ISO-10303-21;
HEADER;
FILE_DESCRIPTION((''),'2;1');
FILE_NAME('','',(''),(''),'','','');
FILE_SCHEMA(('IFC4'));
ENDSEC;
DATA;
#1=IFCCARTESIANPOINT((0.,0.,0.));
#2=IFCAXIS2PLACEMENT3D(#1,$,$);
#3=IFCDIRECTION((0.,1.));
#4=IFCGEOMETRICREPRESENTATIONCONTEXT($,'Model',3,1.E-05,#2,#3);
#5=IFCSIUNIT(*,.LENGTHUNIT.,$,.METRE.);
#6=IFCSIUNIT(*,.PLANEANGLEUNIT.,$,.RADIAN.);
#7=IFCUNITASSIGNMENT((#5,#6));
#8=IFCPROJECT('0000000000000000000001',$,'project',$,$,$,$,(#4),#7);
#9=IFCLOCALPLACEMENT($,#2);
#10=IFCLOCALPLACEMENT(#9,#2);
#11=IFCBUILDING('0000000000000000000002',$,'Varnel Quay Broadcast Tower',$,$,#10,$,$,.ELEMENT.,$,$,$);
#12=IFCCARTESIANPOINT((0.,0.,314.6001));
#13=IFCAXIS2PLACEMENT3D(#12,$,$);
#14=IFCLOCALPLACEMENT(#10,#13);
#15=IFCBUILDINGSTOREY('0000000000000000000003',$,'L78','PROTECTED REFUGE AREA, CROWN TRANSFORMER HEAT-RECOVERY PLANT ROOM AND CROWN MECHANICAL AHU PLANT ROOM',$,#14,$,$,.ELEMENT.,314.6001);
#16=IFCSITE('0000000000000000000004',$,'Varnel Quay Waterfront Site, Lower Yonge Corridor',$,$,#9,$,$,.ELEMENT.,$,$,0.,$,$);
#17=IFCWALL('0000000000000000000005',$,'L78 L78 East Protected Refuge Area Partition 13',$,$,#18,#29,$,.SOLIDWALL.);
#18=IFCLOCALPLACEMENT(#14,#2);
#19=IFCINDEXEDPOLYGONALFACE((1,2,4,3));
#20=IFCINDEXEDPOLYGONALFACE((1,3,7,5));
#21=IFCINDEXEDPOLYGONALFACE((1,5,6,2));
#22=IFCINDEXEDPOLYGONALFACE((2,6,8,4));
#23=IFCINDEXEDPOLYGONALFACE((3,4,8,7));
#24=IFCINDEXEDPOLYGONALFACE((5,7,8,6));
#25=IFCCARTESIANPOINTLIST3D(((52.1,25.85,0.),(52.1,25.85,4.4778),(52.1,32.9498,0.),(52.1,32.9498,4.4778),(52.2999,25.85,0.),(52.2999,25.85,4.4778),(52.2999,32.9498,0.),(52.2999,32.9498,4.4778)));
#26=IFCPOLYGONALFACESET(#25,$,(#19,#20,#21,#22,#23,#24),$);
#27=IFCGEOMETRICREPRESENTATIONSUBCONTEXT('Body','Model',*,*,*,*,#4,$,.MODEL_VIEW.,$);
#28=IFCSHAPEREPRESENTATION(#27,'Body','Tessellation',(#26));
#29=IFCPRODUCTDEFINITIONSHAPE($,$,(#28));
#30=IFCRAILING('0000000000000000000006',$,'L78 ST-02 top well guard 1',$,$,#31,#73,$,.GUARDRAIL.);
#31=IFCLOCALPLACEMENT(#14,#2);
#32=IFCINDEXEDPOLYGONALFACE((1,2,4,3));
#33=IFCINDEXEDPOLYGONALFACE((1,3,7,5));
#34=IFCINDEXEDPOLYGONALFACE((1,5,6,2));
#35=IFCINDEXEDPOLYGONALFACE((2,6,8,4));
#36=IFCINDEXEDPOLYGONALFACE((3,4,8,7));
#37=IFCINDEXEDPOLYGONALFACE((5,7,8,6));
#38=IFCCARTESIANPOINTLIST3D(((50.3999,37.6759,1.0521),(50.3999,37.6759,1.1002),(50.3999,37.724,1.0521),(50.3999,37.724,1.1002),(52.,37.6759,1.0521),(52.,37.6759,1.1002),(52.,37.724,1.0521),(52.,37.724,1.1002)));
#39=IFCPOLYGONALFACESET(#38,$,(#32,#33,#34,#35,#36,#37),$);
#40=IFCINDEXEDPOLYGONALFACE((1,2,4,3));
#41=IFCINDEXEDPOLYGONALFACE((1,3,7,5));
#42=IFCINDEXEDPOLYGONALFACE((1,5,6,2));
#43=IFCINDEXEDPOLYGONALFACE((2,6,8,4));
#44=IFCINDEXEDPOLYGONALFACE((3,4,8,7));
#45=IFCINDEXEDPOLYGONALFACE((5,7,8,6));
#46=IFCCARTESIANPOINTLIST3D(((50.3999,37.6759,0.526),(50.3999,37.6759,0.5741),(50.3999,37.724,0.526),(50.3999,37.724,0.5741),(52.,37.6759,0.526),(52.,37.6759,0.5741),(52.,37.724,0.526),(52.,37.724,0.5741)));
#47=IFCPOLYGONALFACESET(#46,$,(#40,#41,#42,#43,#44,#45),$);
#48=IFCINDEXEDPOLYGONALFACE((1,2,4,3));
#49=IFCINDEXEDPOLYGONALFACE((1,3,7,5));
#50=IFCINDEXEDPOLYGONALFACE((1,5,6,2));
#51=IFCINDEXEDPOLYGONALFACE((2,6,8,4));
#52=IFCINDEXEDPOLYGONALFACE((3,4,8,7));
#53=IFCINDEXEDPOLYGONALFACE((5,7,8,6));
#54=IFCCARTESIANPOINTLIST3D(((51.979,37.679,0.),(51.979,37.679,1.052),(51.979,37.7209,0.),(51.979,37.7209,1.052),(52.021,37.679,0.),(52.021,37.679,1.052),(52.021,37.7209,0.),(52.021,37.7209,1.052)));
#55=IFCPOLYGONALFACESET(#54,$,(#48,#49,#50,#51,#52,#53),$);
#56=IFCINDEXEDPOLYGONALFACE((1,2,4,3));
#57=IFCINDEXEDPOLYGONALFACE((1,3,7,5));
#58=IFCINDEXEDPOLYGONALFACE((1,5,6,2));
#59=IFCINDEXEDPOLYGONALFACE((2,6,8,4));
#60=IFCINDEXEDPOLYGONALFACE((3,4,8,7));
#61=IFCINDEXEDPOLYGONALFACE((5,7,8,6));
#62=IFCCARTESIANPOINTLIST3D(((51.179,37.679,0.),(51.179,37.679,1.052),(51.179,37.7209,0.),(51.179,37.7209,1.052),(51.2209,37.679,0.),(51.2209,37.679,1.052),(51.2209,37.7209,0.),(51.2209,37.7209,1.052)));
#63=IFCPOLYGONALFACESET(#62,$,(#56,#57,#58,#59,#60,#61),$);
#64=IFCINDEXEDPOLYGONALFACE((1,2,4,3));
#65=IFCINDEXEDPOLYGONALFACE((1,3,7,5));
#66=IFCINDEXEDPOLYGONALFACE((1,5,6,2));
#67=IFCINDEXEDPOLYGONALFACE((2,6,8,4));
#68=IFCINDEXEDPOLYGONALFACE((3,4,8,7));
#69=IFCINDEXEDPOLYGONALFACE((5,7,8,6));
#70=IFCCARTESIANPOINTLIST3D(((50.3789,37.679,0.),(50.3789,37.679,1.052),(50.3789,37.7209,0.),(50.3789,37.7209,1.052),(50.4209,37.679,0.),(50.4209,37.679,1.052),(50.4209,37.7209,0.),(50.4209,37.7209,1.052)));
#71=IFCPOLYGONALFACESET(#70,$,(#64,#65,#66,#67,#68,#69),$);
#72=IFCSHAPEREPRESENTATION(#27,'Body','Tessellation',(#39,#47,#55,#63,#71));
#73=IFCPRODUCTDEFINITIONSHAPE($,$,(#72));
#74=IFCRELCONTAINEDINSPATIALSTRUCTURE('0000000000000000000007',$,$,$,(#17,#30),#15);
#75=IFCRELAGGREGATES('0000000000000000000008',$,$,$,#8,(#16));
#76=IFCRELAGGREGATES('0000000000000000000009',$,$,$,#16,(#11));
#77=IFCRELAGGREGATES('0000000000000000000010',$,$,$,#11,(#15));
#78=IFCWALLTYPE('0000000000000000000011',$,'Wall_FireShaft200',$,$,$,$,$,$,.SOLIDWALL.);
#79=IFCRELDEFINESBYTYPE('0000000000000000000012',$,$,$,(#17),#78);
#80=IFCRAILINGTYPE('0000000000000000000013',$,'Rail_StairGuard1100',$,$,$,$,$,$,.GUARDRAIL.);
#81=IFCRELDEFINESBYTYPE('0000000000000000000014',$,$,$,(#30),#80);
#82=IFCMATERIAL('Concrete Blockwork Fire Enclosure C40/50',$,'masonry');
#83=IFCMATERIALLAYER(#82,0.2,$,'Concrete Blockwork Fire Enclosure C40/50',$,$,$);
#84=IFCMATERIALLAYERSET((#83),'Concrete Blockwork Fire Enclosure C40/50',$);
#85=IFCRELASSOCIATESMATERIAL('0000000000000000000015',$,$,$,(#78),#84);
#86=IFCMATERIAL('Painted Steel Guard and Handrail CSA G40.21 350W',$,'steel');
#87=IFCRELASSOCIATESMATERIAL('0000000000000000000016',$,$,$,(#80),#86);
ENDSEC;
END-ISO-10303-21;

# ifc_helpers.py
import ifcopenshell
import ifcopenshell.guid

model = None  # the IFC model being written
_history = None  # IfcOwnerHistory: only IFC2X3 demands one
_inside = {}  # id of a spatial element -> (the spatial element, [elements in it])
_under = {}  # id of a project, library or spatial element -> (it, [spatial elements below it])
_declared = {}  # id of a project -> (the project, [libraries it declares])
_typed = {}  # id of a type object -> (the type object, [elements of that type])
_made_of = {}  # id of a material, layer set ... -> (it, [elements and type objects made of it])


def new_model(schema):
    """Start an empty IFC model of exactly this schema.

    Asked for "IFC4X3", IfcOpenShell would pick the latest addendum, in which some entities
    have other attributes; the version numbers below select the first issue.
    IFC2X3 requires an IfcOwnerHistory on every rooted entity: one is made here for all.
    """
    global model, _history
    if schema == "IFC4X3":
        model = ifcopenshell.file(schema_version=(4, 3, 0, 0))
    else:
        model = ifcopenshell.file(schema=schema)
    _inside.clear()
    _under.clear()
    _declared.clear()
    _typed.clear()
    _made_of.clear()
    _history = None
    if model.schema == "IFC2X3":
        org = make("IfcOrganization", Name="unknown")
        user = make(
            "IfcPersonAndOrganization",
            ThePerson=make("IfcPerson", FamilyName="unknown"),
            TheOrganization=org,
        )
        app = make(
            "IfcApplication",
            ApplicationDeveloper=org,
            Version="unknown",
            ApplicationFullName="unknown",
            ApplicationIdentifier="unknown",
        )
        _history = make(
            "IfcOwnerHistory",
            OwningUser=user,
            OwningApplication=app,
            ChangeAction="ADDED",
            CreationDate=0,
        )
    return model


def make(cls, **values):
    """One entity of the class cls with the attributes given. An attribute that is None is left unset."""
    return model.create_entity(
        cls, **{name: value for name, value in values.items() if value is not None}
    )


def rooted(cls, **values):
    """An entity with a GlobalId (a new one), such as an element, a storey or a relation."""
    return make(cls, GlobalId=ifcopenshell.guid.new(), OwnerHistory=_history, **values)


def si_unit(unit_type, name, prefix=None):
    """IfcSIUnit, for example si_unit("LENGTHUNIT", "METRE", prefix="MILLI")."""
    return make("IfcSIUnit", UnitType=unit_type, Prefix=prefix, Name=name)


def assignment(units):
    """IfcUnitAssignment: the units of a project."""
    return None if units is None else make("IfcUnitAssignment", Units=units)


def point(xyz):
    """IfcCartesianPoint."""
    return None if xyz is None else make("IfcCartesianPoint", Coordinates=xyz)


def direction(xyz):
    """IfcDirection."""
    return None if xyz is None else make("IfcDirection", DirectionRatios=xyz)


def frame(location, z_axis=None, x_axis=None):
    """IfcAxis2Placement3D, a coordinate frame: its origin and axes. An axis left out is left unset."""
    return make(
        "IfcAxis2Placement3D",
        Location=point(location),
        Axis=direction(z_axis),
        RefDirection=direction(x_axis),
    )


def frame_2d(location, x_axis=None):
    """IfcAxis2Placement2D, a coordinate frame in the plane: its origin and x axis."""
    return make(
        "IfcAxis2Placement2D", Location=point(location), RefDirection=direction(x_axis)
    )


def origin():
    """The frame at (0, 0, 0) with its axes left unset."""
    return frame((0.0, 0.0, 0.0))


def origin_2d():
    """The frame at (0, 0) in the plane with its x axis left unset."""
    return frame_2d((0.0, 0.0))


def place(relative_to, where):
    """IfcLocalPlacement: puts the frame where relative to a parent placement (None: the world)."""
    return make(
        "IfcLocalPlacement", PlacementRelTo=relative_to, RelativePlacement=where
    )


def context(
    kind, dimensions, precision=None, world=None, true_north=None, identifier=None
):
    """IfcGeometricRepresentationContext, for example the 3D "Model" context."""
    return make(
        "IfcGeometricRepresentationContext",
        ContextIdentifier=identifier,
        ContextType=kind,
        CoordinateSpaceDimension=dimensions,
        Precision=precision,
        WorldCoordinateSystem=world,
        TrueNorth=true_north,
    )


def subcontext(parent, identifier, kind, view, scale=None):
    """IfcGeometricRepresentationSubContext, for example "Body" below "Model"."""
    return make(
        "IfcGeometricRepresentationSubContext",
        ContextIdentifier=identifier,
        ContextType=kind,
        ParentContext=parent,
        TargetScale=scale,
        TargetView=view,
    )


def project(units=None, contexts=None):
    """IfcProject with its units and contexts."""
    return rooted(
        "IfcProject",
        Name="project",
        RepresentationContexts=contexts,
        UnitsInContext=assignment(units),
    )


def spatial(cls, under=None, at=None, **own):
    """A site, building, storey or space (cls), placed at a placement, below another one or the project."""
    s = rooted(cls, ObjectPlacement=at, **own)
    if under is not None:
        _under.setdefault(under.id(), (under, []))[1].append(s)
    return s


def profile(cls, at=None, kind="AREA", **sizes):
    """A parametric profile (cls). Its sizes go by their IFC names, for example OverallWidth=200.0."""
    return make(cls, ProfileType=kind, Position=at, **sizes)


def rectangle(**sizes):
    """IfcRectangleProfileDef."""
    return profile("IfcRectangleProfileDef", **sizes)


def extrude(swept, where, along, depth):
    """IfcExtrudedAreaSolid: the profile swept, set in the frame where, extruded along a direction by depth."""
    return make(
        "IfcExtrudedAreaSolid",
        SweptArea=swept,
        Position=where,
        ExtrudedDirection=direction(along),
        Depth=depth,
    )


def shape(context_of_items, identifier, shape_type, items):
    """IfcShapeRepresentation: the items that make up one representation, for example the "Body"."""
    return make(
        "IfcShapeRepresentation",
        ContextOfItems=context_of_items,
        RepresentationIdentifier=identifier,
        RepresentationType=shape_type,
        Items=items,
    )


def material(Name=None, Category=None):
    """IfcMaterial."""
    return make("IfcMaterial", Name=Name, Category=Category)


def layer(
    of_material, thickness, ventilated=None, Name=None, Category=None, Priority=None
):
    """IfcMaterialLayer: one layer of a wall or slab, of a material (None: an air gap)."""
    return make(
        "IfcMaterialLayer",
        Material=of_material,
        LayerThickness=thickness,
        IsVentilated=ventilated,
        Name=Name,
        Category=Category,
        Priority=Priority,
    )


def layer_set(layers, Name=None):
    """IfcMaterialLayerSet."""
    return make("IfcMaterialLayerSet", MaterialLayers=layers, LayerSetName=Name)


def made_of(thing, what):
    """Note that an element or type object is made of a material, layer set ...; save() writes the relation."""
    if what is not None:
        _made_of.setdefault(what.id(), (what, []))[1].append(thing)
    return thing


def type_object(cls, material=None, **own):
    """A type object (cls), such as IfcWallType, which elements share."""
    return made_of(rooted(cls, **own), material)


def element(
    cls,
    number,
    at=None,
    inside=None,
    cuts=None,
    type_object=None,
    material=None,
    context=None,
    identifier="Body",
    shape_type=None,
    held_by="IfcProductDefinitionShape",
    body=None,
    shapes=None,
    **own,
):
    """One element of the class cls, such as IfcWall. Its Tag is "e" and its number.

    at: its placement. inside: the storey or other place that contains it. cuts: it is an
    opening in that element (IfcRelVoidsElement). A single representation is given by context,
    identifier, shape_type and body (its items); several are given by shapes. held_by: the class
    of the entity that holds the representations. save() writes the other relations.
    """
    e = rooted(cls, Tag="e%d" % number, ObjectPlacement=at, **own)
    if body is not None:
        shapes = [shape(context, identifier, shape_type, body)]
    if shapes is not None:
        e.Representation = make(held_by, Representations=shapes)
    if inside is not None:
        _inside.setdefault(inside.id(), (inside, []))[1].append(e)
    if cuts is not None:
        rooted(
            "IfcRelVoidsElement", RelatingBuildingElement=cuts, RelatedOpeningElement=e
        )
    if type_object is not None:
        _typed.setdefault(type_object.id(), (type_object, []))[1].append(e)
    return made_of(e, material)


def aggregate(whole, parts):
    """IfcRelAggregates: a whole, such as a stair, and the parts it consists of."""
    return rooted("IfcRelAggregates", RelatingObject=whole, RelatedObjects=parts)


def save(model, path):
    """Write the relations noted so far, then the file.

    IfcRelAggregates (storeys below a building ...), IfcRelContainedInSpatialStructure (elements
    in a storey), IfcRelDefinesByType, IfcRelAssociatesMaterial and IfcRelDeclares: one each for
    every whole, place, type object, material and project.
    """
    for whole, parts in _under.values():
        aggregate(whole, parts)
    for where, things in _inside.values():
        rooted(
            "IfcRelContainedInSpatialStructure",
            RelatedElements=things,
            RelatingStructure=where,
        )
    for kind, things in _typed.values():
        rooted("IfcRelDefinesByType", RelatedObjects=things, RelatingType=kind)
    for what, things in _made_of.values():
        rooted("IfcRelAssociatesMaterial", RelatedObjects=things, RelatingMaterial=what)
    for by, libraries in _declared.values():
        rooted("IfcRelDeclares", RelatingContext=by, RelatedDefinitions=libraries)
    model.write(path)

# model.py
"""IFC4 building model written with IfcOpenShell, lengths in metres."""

from ifc_helpers import new_model, si_unit, direction, frame, frame_2d, origin, origin_2d, place, context, subcontext, project, spatial, rectangle, extrude, material, layer, layer_set, type_object, element, save


model = new_model("IFC4")

# Units and contexts
model_context = context("Model", 3, precision=1e-05, world=origin(), true_north=direction((0.0, 1.0)))
body_context = subcontext(model_context, "Body", "Model", "MODEL_VIEW")
ifc_project = project(units=[si_unit("LENGTHUNIT", "METRE"), si_unit("PLANEANGLEUNIT", "RADIAN")], contexts=[model_context])

# Site, building, storey
site_placement = place(None, origin())
site = spatial("IfcSite", under=ifc_project, at=site_placement, Name="Varnel Quay Waterfront Site, Lower Yonge Corridor", CompositionType="ELEMENT", RefElevation=0.0)
building_placement = place(site_placement, origin())
building = spatial("IfcBuilding", under=site, at=building_placement, Name="Varnel Quay Broadcast Tower", CompositionType="ELEMENT")
storey_placement = place(building_placement, frame((0.0, 0.0, 314.6001)))
storey = spatial("IfcBuildingStorey", under=building, at=storey_placement, Name="L78", Description="PROTECTED REFUGE AREA, CROWN TRANSFORMER HEAT-RECOVERY PLANT ROOM AND CROWN MECHANICAL AHU PLANT ROOM", CompositionType="ELEMENT", Elevation=314.6001)

# Wall
ifc_material_1 = material(Name="Concrete Blockwork Fire Enclosure C40/50", Category="masonry")
ifc_layer_1 = layer(ifc_material_1, 0.2, Name="Concrete Blockwork Fire Enclosure C40/50")
ifc_layer_set_1 = layer_set([ifc_layer_1], Name="Concrete Blockwork Fire Enclosure C40/50")
wall_type_1 = type_object("IfcWallType", Name="Wall_FireShaft200", PredefinedType="SOLIDWALL", material=ifc_layer_set_1)
wall_1_placement = place(storey_placement, frame((52.2, 25.8501, 0.0), z_axis=(0.0, 0.0, 1.0), x_axis=(0.0, 1.0, 0.0)))
element("IfcWall", 1, at=wall_1_placement, inside=storey, type_object=wall_type_1, Name="L78 L78 East Protected Refuge Area Partition 13", PredefinedType="SOLIDWALL", context=body_context, shape_type="SweptSolid", body=[
    extrude(rectangle(XDim=7.0999, YDim=0.2, at=frame_2d((3.5498, 0.0))), origin(), (0.0, 0.0, 1.0), 4.4778),
])

# Railing
ifc_material_2 = material(Name="Painted Steel Guard and Handrail CSA G40.21 350W", Category="steel")
railing_type = type_object("IfcRailingType", Name="Rail_StairGuard1100", PredefinedType="GUARDRAIL", material=ifc_material_2)
railing_placement = place(storey_placement, frame((52.0, 37.7, 0.0)))
element("IfcRailing", 2, at=railing_placement, inside=storey, type_object=railing_type, Name="L78 ST-02 top well guard 1", PredefinedType="GUARDRAIL", context=body_context, shape_type="SweptSolid", body=[
    extrude(rectangle(XDim=0.0481, YDim=0.0481, at=origin_2d()), frame((0.0, 0.0, 1.0762), z_axis=(-1.0, 0.0, 0.0), x_axis=(0.0, -1.0, 0.0)), (0.0, 0.0, 1.0), 1.6001),
    extrude(rectangle(XDim=0.0481, YDim=0.0481, at=origin_2d()), frame((0.0, 0.0, 0.55), z_axis=(-1.0, 0.0, 0.0), x_axis=(0.0, -1.0, 0.0)), (0.0, 0.0, 1.0), 1.6001),
    extrude(rectangle(XDim=0.042, YDim=0.042, at=origin_2d()), origin(), (0.0, 0.0, 1.0), 1.052),
    extrude(rectangle(XDim=0.042, YDim=0.042, at=origin_2d()), frame((-0.8, 0.0, 0.0)), (0.0, 0.0, 1.0), 1.052),
    extrude(rectangle(XDim=0.042, YDim=0.042, at=origin_2d()), frame((-1.6001, 0.0, 0.0)), (0.0, 0.0, 1.0), 1.052),
])

save(model, "model.ifc")
